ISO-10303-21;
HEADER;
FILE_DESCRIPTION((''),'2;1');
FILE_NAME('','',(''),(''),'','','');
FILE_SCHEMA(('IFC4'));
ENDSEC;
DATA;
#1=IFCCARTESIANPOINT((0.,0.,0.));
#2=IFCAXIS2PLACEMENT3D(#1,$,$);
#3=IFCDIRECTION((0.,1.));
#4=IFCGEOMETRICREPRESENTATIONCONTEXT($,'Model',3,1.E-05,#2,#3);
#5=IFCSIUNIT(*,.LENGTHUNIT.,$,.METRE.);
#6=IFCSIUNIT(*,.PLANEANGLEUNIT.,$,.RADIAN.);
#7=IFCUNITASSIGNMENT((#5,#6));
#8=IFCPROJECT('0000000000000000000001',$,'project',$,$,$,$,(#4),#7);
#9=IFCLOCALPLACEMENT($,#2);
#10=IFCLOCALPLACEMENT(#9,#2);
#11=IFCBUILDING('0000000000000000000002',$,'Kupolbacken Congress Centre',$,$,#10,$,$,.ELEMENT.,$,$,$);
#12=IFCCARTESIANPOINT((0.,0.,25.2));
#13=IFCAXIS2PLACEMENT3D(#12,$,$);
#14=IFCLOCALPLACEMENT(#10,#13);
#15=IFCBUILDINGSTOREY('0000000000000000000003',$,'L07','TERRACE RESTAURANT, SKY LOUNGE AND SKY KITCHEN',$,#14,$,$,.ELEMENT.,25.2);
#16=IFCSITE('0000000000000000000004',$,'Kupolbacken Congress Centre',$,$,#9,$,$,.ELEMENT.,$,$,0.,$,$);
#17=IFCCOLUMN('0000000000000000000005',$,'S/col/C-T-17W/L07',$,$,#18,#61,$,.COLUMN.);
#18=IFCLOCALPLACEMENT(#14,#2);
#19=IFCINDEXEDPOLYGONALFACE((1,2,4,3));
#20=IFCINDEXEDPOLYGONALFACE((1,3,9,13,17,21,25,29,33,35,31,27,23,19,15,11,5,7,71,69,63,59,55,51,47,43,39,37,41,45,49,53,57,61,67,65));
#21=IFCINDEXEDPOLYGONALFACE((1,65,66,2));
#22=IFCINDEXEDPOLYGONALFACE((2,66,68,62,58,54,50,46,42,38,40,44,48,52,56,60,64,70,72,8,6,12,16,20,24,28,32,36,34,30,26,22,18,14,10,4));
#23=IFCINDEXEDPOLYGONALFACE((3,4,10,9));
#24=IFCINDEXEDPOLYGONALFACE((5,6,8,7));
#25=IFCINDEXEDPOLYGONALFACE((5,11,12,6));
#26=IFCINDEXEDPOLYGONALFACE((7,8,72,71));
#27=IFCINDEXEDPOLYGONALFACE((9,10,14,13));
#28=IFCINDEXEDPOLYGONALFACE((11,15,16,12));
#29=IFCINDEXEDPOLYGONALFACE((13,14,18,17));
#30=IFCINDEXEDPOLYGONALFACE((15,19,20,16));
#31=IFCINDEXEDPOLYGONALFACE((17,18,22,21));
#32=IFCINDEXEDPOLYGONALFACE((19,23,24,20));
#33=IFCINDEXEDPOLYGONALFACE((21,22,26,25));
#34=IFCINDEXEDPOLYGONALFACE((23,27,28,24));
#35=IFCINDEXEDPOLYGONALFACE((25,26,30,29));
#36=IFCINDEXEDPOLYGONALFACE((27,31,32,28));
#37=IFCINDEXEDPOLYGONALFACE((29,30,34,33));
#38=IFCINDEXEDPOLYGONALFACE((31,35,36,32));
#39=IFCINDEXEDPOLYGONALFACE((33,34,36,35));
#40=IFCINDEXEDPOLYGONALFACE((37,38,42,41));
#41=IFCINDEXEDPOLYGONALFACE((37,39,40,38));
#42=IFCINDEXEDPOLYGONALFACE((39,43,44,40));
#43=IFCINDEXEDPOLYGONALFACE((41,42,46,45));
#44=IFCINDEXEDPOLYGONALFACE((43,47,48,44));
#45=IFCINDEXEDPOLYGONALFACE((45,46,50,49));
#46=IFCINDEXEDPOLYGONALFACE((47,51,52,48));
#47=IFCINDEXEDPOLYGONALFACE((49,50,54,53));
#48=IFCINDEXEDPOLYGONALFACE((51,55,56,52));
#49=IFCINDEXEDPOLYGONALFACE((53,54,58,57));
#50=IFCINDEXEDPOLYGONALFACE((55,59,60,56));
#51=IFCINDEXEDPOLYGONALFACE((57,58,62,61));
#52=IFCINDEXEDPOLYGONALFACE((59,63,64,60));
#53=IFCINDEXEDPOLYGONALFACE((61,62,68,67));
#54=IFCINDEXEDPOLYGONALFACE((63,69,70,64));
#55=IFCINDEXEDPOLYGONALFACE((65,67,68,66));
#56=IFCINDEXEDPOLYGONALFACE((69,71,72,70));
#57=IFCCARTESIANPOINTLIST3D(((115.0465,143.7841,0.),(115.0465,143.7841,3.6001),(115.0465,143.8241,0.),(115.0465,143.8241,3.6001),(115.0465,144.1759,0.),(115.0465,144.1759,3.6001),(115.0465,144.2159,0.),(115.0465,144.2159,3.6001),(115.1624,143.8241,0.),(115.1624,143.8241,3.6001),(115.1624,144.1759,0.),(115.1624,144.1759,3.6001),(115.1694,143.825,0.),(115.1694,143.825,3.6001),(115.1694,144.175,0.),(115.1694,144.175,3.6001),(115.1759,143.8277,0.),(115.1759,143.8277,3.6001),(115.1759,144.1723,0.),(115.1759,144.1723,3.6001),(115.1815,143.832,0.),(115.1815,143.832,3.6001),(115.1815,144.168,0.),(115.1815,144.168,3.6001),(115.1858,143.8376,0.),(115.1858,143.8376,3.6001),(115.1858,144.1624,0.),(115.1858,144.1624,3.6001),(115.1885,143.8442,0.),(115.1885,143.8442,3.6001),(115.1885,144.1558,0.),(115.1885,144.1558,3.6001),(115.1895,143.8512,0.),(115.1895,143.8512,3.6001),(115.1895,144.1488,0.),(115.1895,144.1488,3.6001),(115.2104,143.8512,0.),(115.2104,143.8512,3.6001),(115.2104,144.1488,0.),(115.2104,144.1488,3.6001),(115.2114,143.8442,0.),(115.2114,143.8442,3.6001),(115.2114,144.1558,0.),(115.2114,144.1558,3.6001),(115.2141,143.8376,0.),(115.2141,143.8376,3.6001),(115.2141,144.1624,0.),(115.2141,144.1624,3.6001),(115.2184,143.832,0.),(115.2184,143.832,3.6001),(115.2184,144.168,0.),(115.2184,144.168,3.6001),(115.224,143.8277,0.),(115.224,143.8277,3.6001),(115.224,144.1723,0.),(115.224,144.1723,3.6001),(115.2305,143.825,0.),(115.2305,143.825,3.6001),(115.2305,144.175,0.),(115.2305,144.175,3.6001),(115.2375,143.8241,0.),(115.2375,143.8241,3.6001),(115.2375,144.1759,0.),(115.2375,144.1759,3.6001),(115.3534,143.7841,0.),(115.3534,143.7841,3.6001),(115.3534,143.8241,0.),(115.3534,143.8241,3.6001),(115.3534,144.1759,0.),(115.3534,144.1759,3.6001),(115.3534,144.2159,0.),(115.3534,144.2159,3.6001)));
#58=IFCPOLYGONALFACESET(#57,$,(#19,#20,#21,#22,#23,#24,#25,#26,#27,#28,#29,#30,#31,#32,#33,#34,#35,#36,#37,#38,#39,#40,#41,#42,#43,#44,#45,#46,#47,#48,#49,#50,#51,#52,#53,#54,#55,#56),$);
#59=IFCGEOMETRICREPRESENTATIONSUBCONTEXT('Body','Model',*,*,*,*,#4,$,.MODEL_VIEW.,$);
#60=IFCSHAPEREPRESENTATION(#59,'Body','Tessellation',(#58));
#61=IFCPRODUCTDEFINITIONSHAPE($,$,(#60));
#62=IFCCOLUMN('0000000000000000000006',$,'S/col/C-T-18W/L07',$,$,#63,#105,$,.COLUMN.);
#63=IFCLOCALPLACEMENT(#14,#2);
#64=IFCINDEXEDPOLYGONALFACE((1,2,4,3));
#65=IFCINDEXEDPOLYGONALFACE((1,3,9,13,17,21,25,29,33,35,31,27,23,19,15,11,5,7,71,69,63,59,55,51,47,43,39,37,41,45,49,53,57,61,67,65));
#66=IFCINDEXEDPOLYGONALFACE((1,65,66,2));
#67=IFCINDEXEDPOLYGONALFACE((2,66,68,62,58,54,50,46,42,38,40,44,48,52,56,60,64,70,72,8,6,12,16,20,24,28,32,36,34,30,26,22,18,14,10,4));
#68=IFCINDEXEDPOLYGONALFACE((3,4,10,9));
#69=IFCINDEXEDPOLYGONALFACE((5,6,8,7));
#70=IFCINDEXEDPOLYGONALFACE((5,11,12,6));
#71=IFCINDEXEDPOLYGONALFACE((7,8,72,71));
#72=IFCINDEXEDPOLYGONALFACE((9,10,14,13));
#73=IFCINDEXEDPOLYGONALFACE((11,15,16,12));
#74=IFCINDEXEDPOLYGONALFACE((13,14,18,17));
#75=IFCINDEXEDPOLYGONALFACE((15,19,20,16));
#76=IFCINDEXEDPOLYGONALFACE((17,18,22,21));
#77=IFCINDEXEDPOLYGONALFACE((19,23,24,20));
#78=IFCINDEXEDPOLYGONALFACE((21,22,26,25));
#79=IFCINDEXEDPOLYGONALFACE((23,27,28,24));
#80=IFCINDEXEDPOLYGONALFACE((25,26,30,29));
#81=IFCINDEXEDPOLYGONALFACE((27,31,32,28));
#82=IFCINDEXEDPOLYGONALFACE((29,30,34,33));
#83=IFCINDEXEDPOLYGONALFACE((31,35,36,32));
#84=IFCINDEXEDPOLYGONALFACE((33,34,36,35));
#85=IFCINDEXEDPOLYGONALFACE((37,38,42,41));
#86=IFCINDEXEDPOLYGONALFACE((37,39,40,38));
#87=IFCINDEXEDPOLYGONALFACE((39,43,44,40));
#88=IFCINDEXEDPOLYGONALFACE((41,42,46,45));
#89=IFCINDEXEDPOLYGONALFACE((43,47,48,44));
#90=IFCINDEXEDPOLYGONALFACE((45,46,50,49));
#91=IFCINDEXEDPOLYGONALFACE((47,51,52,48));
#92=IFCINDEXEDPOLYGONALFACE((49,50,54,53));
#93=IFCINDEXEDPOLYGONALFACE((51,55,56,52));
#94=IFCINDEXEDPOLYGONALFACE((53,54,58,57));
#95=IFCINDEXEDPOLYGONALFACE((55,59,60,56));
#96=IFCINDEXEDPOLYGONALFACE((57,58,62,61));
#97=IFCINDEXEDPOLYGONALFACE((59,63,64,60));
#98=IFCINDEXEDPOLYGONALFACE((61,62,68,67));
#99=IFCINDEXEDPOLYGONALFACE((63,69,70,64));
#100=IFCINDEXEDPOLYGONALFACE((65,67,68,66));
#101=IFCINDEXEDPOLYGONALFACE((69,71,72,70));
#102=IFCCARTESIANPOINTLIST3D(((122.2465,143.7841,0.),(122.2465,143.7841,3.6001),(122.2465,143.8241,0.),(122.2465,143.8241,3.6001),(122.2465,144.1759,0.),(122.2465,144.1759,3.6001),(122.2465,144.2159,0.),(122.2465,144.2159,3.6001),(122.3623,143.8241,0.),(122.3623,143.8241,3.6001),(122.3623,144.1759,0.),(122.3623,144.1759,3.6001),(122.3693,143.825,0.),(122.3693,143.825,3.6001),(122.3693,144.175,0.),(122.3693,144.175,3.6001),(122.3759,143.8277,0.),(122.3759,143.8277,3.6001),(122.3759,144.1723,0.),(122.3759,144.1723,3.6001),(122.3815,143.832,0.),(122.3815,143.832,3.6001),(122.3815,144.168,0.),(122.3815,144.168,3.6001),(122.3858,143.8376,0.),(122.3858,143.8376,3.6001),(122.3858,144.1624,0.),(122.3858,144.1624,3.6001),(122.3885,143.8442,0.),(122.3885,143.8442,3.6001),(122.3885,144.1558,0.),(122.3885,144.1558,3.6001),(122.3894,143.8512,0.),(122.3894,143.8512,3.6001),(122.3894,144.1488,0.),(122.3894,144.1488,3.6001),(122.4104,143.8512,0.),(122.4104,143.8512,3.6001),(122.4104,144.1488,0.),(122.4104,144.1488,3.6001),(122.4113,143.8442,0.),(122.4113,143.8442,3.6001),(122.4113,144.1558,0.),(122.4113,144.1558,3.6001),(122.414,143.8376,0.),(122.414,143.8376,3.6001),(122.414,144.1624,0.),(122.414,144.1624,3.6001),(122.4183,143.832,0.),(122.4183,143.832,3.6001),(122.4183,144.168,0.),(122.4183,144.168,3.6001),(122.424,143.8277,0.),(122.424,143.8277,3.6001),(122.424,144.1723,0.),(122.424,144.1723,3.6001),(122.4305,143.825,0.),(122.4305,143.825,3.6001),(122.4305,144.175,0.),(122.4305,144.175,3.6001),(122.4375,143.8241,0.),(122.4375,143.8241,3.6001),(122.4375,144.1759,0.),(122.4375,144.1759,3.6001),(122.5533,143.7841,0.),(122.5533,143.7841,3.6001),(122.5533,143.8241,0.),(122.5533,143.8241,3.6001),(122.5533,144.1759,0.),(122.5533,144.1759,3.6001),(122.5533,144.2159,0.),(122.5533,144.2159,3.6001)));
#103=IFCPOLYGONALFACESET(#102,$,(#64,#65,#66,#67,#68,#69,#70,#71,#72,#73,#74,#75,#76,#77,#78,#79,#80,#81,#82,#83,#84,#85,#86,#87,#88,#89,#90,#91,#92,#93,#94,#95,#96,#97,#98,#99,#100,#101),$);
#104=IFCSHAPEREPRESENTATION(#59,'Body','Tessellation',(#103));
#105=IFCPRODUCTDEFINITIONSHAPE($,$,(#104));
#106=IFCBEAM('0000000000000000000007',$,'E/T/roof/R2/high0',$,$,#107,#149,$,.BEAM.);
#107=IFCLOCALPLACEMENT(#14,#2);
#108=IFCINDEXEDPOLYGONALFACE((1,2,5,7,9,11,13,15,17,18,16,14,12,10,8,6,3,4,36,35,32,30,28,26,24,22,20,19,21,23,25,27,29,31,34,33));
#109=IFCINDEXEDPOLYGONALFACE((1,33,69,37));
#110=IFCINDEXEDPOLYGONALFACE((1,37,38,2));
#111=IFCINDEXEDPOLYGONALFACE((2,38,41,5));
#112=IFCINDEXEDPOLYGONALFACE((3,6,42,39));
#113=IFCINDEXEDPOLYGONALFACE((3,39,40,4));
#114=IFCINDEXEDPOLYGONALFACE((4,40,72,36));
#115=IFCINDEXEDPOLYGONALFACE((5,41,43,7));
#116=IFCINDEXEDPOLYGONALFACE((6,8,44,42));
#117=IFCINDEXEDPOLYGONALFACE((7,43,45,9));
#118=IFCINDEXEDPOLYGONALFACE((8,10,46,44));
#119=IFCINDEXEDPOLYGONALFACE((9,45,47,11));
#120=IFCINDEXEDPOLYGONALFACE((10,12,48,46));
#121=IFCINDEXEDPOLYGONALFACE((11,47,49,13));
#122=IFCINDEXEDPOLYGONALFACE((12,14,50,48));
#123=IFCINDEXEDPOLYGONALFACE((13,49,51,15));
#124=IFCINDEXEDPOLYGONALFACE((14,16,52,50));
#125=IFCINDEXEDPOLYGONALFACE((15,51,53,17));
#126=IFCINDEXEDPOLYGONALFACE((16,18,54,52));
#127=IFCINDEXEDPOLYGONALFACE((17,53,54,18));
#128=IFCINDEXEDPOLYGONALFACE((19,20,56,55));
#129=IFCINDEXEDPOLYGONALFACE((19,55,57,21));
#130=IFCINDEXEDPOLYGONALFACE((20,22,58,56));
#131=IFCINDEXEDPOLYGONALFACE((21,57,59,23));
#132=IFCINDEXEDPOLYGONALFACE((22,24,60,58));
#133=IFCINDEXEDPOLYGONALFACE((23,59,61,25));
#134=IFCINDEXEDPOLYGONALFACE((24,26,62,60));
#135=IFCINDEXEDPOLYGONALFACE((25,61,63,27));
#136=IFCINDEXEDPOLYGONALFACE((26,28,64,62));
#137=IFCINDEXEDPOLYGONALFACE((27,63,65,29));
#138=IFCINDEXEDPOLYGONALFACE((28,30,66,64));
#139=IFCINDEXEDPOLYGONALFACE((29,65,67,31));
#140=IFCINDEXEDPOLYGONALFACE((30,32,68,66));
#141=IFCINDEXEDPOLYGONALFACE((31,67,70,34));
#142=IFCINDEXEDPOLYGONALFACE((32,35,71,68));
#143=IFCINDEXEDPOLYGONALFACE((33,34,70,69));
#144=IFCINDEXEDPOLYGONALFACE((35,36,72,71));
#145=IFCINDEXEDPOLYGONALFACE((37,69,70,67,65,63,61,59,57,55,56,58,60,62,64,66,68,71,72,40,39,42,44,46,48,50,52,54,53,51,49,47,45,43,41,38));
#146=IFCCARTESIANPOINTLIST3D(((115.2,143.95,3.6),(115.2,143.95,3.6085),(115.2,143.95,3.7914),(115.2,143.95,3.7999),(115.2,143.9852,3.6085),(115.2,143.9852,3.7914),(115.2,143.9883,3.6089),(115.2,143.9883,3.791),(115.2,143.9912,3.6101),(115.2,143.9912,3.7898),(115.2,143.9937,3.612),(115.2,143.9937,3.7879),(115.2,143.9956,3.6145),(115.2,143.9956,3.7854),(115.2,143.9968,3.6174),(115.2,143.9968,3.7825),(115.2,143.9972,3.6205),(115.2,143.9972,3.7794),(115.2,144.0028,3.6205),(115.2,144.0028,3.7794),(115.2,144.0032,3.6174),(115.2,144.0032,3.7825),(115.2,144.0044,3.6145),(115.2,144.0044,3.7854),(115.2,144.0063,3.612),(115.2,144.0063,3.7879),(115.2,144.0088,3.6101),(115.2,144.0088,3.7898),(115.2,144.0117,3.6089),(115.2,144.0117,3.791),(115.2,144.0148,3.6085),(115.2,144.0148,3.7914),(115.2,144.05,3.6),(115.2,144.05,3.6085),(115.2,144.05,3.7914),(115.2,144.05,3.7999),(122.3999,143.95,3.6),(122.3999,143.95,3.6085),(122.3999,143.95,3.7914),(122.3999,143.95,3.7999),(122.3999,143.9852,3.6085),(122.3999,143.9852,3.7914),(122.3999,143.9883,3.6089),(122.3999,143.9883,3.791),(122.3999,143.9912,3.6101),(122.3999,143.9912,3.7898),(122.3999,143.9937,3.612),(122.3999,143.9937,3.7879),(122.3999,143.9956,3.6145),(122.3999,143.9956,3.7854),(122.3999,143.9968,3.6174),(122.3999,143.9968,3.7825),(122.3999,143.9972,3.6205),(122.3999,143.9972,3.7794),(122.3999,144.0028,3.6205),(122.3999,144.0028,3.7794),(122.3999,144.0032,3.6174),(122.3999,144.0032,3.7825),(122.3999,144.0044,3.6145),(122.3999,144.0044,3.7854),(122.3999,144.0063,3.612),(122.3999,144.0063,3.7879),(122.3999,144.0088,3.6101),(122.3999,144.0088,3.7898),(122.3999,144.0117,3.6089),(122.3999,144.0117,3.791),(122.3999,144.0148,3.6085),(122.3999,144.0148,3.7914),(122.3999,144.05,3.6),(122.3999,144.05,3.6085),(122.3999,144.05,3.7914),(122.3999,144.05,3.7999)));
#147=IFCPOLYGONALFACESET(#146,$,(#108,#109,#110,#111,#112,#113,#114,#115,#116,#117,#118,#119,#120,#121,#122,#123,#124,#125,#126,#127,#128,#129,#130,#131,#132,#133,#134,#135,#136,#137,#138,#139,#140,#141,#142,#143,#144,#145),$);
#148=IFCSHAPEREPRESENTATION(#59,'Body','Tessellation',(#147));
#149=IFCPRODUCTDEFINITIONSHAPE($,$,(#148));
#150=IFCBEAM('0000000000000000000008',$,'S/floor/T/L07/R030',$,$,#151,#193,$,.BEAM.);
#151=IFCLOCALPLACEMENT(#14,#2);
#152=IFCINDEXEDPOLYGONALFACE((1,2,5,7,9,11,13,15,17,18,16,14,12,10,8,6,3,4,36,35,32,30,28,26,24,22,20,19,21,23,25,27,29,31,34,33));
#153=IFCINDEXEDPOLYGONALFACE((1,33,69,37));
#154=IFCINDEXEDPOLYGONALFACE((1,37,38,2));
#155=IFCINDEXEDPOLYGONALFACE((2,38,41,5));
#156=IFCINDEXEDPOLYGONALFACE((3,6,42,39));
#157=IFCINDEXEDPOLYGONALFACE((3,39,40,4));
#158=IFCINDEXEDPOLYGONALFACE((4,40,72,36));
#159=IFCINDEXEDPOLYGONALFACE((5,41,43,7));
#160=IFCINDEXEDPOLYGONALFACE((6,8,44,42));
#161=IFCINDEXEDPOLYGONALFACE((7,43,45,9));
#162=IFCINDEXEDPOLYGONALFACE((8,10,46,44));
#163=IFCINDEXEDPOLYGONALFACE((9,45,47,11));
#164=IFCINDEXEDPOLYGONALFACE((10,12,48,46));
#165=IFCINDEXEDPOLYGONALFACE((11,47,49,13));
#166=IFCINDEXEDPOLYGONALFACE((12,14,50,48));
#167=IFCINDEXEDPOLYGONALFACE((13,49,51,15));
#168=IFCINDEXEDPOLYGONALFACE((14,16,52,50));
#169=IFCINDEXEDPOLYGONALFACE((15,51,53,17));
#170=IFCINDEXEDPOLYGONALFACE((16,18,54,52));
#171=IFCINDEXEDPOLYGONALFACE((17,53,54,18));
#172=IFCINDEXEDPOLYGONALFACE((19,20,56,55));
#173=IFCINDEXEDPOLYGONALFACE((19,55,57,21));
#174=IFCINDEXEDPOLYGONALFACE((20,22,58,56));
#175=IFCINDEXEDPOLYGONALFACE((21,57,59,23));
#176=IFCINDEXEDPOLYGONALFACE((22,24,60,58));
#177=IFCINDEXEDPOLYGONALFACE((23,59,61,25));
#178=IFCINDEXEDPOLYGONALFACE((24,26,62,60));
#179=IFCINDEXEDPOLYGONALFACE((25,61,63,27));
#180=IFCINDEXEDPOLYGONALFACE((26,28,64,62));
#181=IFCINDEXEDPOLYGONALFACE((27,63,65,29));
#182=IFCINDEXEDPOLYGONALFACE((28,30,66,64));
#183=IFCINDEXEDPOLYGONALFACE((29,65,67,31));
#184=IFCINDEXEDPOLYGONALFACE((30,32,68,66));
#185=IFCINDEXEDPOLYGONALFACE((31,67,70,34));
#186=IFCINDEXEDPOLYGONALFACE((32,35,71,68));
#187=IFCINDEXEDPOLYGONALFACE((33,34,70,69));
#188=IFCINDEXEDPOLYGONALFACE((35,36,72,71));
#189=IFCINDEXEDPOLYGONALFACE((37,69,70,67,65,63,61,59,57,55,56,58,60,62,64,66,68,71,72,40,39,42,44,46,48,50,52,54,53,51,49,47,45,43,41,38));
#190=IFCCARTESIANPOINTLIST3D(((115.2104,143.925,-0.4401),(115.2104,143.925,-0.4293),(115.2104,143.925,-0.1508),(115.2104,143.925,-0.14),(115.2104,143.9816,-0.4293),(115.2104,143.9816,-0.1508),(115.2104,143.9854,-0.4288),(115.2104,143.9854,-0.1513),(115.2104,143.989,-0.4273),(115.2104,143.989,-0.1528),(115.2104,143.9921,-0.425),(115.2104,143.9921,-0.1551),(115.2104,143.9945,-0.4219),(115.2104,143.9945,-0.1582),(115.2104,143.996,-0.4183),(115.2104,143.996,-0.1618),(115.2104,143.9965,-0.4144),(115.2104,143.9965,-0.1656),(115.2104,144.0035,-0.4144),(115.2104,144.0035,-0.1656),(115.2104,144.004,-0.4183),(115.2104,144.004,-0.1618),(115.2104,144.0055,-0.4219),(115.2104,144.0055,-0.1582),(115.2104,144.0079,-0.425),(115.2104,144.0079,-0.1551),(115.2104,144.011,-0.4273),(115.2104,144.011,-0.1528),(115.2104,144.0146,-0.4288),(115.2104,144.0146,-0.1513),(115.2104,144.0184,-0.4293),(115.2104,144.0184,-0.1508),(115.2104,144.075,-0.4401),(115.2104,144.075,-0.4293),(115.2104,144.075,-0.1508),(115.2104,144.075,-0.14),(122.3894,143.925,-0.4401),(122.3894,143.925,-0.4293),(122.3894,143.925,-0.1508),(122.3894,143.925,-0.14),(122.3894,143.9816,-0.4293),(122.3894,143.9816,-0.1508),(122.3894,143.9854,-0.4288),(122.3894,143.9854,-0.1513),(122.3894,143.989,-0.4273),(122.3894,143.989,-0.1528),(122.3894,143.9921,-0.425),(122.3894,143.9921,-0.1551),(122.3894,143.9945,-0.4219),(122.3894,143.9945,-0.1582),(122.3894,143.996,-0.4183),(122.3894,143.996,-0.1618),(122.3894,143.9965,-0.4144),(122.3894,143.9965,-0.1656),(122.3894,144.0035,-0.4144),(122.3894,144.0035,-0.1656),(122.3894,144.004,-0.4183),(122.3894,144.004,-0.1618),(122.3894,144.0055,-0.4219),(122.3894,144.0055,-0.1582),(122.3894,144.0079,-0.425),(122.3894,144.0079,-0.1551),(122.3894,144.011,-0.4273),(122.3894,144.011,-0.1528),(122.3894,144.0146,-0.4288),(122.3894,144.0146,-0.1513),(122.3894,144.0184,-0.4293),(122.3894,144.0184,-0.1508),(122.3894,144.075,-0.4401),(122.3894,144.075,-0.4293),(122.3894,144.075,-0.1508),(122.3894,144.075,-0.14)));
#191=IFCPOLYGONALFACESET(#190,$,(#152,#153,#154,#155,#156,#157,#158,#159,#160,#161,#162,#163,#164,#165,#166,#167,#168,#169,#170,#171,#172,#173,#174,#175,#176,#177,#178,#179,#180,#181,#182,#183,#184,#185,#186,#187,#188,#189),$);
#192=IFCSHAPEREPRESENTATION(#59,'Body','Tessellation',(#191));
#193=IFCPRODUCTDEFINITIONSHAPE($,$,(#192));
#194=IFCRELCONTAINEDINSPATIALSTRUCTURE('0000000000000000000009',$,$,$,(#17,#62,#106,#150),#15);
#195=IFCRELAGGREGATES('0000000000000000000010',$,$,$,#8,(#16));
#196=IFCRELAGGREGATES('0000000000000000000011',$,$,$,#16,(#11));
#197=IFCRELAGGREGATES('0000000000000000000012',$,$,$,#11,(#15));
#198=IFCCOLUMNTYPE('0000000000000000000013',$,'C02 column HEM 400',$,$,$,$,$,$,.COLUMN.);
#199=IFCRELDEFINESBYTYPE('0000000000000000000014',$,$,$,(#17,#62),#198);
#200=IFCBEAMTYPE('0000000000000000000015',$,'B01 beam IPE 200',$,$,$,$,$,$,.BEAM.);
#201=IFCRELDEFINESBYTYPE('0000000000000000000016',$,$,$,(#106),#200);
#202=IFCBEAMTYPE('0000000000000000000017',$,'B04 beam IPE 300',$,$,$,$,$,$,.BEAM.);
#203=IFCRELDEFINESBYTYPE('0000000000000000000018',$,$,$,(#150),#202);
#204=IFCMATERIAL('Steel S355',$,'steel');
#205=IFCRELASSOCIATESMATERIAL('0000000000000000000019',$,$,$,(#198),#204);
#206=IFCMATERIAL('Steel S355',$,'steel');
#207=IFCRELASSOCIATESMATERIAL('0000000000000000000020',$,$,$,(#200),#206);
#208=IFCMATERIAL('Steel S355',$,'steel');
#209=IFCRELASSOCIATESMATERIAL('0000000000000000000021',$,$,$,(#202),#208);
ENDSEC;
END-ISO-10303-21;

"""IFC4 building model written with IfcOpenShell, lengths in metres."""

from ifc_helpers import new_model, si_unit, direction, frame, origin, origin_2d, place, context, subcontext, project, spatial, i_section, extrude, material, material_profile, profile_set, type_object, element, save


model = new_model("IFC4")

# Units and contexts
model_context = context("Model", 3, precision=1e-05, world=origin(), true_north=direction((0.0, 1.0)))
body_context = subcontext(model_context, "Body", "Model", "MODEL_VIEW")
ifc_project = project(units=[si_unit("LENGTHUNIT", "METRE"), si_unit("PLANEANGLEUNIT", "RADIAN")], contexts=[model_context])

# Site, building, storey
site_placement = place(None, origin())
site = spatial("IfcSite", under=ifc_project, at=site_placement, Name="Kupolbacken Congress Centre", CompositionType="ELEMENT", RefElevation=0.0)
building_placement = place(site_placement, origin())
building = spatial("IfcBuilding", under=site, at=building_placement, Name="Kupolbacken Congress Centre", CompositionType="ELEMENT")
storey_placement = place(building_placement, frame((0.0, 0.0, 25.2)))
storey = spatial("IfcBuildingStorey", under=building, at=storey_placement, Name="L07", Description="TERRACE RESTAURANT, SKY LOUNGE AND SKY KITCHEN", CompositionType="ELEMENT", Elevation=25.2)

# Columns
ifc_material_1 = material(Name="Steel S355", Category="steel")
ifc_material_profile_1 = material_profile(ifc_material_1, i_section(OverallWidth=0.3069, OverallDepth=0.4319, WebThickness=0.021, FlangeThickness=0.04, FilletRadius=0.0271, at=origin_2d()), Name="HEM 400")
ifc_profile_set_1 = profile_set([ifc_material_profile_1], Name="Steel S355")
column_type = type_object("IfcColumnType", Name="C02 column HEM 400", PredefinedType="COLUMN", material=ifc_profile_set_1)
for number, where, z_axis, x_axis, name in (
    (1, (115.2, 144.0, 0.0), (0.0, 0.0, 1.0), (1.0, 0.0, 0.0), "S/col/C-T-17W/L07"),
    (2, (122.3999, 144.0, 0.0), (0.0, 0.0, 1.0), (1.0, 0.0, 0.0), "S/col/C-T-18W/L07"),
):
    element("IfcColumn", number, at=place(storey_placement, frame(where, z_axis=z_axis, x_axis=x_axis)), inside=storey, type_object=column_type, Name=name, PredefinedType="COLUMN", context=body_context, shape_type="SweptSolid", body=[
        extrude(i_section(OverallWidth=0.3069, OverallDepth=0.4319, WebThickness=0.021, FlangeThickness=0.04, FilletRadius=0.0271, at=origin_2d()), origin(), (0.0, 0.0, 1.0), 3.6001),
    ])

# Beams
ifc_material_2 = material(Name="Steel S355", Category="steel")
ifc_material_profile_2 = material_profile(ifc_material_2, i_section(OverallWidth=0.1001, OverallDepth=0.2, WebThickness=0.0056, FlangeThickness=0.0085, FilletRadius=0.012, at=origin_2d()), Name="IPE 200")
ifc_profile_set_2 = profile_set([ifc_material_profile_2], Name="Steel S355")
beam_type_1 = type_object("IfcBeamType", Name="B01 beam IPE 200", PredefinedType="BEAM", material=ifc_profile_set_2)
beam_placement = place(storey_placement, frame((115.2, 144.0, 3.7), z_axis=(1.0, 0.0, 0.0), x_axis=(0.0, 1.0, 0.0)))
element("IfcBeam", 3, at=beam_placement, inside=storey, type_object=beam_type_1, Name="E/T/roof/R2/high0", PredefinedType="BEAM", context=body_context, shape_type="SweptSolid", body=[
    extrude(i_section(OverallWidth=0.1001, OverallDepth=0.2, WebThickness=0.0056, FlangeThickness=0.0085, FilletRadius=0.012, at=origin_2d()), origin(), (0.0, 0.0, 1.0), 7.2),
])
ifc_material_3 = material(Name="Steel S355", Category="steel")
ifc_material_profile_3 = material_profile(ifc_material_3, i_section(OverallWidth=0.1499, OverallDepth=0.3, WebThickness=0.0071, FlangeThickness=0.0107, FilletRadius=0.0149, at=origin_2d()), Name="IPE 300")
ifc_profile_set_3 = profile_set([ifc_material_profile_3], Name="Steel S355")
beam_type_2 = type_object("IfcBeamType", Name="B04 beam IPE 300", PredefinedType="BEAM", material=ifc_profile_set_3)
for number, where, z_axis, x_axis, name in (
    (4, (115.2104, 144.0, -0.29), (1.0, 0.0, 0.0), (0.0, 1.0, 0.0), "S/floor/T/L07/R030"),
):
    element("IfcBeam", number, at=place(storey_placement, frame(where, z_axis=z_axis, x_axis=x_axis)), inside=storey, type_object=beam_type_2, Name=name, PredefinedType="BEAM", context=body_context, shape_type="SweptSolid", body=[
        extrude(i_section(OverallWidth=0.1499, OverallDepth=0.3, WebThickness=0.0071, FlangeThickness=0.0107, FilletRadius=0.0149, at=origin_2d()), origin(), (0.0, 0.0, 1.0), 7.179),
    ])

save(model, "model.ifc")
